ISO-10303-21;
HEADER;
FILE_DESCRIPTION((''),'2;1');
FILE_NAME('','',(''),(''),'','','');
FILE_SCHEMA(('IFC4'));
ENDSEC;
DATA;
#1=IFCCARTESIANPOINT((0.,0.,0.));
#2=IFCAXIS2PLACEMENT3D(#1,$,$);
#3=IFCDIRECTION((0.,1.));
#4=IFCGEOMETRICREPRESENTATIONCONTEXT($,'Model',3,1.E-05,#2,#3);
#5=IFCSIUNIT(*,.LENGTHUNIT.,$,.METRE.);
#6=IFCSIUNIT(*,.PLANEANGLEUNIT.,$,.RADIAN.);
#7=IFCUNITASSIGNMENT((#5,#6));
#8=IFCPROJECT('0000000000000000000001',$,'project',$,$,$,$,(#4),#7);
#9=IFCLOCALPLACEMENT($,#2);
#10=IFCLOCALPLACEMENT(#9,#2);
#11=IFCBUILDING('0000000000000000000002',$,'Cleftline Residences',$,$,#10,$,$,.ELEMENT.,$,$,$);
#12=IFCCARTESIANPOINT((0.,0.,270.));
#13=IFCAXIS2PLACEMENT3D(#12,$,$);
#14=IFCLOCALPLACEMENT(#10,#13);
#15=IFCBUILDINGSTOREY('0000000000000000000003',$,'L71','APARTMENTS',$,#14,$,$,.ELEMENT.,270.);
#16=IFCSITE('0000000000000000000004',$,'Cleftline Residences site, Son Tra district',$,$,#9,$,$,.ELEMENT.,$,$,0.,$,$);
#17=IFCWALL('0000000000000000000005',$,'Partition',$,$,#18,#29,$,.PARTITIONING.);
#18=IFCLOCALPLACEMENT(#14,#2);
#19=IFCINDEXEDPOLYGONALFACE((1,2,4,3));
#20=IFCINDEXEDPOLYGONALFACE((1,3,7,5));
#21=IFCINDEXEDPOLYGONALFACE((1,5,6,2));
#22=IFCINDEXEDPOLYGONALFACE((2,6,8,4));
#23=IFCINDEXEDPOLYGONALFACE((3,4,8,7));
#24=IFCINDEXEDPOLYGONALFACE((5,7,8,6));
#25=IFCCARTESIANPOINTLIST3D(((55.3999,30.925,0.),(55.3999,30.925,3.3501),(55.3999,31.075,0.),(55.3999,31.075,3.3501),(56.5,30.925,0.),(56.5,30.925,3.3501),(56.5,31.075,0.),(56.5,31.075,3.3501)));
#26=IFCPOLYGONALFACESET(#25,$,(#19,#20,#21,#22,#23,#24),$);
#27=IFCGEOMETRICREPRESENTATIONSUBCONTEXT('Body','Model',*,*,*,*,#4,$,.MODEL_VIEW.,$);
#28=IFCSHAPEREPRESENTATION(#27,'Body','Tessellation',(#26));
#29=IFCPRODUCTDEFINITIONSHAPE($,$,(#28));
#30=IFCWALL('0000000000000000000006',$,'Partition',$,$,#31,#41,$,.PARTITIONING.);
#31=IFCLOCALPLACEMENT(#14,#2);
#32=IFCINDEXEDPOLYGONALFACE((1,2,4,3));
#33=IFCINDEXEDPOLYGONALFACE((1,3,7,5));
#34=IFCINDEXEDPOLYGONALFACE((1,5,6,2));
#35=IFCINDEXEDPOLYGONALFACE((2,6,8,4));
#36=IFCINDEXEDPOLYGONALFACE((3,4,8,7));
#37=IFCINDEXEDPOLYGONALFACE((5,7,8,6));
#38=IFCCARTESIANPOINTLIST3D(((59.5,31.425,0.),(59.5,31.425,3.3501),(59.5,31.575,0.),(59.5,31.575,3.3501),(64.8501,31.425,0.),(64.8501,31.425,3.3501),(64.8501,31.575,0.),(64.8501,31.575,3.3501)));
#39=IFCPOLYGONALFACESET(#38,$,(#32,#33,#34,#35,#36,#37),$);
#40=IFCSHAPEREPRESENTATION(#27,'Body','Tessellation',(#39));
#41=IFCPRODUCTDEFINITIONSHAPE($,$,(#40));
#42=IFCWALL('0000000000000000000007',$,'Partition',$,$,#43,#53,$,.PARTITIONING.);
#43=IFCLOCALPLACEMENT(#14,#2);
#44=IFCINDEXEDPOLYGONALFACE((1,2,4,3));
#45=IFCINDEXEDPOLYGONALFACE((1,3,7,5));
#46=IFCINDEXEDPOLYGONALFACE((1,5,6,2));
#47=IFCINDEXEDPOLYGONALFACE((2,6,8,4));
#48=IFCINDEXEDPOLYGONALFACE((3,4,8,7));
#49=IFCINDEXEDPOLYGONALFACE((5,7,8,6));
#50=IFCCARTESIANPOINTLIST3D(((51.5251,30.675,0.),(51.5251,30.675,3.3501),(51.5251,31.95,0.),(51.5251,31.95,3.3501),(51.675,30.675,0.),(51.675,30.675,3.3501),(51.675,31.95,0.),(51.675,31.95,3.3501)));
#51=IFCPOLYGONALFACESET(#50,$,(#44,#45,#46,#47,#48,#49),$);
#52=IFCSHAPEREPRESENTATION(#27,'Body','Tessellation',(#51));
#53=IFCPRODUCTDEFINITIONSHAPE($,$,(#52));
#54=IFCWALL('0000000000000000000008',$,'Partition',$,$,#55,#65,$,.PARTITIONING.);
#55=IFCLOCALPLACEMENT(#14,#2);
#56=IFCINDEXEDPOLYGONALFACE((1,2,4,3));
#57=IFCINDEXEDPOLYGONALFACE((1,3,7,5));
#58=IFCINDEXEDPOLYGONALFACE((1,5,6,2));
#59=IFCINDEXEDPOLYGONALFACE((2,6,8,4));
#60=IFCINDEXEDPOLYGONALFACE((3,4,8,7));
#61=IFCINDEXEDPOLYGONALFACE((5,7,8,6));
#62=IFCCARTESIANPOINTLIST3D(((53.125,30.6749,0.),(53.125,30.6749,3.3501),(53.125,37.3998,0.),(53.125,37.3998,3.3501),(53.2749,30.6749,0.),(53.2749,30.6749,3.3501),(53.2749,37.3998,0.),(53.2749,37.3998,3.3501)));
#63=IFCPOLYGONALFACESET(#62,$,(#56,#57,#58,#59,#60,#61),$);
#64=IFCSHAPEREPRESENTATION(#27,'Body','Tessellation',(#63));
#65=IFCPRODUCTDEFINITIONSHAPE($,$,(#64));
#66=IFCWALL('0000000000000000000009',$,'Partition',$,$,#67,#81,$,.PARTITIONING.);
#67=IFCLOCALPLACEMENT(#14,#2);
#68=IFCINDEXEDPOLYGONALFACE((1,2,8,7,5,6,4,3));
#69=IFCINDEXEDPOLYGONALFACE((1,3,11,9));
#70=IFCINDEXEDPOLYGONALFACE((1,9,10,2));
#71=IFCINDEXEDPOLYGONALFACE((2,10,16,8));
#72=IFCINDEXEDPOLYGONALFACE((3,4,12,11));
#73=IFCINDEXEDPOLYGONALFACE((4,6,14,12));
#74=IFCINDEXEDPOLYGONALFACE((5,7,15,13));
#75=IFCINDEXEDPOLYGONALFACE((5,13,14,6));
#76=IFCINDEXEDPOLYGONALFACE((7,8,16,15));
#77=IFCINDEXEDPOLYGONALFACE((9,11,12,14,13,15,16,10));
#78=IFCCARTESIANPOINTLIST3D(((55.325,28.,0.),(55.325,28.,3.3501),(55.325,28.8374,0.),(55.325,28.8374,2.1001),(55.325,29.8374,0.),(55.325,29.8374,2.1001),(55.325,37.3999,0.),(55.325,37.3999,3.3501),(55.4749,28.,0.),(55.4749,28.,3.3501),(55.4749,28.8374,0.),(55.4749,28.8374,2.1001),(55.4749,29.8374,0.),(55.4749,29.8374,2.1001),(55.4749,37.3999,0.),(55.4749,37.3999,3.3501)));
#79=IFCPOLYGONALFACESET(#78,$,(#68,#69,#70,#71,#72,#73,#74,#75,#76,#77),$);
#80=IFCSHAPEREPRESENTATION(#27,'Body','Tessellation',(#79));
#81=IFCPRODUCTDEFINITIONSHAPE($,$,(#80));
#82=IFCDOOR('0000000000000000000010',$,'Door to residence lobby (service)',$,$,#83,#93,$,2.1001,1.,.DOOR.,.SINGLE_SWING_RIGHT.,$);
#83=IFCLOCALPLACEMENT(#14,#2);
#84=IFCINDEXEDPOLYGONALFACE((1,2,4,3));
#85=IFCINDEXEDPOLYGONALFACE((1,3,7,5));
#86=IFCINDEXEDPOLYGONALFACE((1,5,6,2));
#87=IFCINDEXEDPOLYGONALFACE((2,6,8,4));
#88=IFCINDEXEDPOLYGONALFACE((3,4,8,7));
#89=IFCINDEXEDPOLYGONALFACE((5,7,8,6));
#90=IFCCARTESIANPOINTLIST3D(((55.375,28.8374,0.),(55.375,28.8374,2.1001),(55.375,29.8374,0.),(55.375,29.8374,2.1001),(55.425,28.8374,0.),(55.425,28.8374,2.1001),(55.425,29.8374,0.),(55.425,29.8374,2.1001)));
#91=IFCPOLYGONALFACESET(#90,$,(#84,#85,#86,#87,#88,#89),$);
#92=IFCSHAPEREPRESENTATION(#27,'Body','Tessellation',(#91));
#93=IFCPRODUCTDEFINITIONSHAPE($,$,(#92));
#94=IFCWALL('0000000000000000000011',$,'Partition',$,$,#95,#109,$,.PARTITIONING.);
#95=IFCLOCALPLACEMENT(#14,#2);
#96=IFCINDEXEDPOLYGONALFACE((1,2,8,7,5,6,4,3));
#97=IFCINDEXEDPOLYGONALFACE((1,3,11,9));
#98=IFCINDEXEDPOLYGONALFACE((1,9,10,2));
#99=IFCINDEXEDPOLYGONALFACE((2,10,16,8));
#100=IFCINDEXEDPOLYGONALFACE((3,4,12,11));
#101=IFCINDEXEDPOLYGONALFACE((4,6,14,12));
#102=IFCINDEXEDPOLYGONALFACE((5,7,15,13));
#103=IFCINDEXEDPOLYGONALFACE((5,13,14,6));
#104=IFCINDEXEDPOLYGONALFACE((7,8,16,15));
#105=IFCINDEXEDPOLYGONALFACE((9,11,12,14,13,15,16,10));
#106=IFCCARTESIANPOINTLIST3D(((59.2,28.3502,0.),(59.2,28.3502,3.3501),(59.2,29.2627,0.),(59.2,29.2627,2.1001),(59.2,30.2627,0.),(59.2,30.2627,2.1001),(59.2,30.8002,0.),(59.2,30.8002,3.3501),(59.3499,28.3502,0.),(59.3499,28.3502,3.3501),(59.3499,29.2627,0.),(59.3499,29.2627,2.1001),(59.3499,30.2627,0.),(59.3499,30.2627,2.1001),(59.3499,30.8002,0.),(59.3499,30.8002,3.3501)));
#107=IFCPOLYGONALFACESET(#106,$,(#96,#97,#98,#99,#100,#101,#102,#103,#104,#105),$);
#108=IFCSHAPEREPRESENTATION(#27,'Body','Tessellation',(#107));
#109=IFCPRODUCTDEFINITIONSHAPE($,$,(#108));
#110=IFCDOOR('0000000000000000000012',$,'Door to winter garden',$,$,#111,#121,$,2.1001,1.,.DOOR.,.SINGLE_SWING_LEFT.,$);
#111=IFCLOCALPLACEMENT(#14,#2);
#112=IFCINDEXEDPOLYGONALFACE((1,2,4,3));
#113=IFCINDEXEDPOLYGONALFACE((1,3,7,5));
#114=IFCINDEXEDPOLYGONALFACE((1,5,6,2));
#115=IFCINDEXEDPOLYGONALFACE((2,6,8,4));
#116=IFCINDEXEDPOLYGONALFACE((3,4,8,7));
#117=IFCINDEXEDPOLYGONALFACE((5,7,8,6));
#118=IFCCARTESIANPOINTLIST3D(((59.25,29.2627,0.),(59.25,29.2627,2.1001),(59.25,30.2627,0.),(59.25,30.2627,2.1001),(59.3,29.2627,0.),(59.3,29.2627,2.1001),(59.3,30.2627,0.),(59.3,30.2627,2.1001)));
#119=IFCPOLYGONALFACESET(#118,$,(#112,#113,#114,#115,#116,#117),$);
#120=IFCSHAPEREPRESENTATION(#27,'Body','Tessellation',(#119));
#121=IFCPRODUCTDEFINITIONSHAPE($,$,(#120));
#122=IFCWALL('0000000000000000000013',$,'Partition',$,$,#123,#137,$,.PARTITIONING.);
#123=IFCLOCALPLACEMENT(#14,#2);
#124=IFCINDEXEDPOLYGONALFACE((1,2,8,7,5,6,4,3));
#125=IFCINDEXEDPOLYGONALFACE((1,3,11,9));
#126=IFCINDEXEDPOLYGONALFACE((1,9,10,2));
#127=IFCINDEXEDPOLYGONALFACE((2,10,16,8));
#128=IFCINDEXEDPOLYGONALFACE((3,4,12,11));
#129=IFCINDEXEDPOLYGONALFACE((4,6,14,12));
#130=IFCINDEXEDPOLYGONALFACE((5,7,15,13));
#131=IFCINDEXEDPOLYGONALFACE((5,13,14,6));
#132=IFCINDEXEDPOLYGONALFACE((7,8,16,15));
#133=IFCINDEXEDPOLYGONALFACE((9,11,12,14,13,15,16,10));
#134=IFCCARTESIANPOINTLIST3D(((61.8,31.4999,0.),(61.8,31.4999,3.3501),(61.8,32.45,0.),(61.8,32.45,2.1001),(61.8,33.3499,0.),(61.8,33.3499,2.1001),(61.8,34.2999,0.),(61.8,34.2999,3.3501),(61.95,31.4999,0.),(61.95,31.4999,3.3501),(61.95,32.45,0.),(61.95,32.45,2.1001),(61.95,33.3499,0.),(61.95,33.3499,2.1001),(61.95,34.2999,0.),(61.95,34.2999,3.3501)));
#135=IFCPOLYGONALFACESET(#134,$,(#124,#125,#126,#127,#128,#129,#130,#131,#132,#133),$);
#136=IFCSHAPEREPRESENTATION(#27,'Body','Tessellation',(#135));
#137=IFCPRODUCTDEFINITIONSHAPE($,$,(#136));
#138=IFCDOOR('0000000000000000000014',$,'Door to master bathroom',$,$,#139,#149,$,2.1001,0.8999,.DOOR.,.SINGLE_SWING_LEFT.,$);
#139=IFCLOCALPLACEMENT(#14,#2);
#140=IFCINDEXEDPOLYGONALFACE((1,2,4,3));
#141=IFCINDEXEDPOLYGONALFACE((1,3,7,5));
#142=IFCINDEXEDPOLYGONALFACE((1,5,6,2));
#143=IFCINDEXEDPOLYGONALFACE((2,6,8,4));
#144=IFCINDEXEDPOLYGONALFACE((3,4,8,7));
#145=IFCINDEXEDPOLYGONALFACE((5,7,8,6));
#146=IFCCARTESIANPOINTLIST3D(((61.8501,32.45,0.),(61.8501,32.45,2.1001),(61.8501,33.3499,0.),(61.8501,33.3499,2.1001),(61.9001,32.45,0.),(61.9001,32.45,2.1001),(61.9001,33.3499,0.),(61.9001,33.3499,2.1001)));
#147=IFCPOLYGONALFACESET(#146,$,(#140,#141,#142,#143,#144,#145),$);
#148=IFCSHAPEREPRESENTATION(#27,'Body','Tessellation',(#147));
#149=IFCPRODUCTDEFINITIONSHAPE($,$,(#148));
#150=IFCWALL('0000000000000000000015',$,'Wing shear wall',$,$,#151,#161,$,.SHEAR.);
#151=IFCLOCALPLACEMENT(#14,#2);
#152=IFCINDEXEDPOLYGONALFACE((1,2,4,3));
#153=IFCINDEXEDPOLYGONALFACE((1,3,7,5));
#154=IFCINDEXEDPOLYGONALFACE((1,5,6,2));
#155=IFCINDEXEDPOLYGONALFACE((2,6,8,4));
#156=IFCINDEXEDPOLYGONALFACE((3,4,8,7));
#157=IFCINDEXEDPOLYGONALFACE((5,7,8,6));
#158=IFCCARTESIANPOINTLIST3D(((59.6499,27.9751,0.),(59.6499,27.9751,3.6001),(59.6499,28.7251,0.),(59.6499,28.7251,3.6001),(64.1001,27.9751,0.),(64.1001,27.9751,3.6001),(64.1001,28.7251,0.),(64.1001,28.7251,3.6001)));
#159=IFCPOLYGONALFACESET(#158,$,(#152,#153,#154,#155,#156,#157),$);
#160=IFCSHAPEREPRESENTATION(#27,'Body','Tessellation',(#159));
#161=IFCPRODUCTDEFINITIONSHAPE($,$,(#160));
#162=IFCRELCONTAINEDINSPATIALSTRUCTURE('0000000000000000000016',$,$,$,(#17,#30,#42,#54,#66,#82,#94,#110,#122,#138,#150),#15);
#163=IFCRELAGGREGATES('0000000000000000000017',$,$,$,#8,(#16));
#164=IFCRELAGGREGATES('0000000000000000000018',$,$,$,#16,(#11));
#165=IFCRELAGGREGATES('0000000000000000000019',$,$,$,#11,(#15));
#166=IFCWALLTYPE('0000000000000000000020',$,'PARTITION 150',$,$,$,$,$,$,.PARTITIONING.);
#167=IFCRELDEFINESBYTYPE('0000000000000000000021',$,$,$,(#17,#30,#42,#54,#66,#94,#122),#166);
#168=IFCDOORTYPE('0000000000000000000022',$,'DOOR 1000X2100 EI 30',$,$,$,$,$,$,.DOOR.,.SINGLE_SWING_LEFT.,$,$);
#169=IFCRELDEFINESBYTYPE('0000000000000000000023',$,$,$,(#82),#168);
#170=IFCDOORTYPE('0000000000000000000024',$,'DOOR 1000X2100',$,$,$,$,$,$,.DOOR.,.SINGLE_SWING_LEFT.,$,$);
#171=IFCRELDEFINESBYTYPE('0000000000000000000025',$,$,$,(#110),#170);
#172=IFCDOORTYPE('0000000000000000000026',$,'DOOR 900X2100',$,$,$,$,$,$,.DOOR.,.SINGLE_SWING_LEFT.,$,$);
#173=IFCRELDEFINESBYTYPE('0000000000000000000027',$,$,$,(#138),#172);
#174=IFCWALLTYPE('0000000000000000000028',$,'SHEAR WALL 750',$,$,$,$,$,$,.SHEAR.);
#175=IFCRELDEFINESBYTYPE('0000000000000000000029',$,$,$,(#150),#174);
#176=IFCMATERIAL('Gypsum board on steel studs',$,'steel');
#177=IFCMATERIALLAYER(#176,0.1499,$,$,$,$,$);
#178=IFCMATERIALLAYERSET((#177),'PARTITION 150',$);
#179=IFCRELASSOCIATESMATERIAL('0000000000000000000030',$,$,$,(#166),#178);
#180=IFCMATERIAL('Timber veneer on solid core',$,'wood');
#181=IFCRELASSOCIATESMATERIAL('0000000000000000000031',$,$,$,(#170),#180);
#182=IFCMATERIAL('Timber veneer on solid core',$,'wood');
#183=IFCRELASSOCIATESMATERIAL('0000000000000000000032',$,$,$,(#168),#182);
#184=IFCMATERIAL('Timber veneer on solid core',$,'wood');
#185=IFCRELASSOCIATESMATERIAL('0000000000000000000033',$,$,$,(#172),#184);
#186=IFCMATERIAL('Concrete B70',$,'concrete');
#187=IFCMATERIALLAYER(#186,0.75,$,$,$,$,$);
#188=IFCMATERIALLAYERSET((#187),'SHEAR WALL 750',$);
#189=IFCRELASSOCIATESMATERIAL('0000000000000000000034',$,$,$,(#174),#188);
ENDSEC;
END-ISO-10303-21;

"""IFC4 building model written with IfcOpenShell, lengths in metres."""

from ifc_helpers import new_model, si_unit, direction, frame, frame_2d, origin, place, context, subcontext, project, spatial, rectangle, extrude, material, layer, layer_set, type_object, element, fill, save


model = new_model("IFC4")

# Units and contexts
model_context = context("Model", 3, precision=1e-05, world=origin(), true_north=direction((0.0, 1.0)))
body_context = subcontext(model_context, "Body", "Model", "MODEL_VIEW")
ifc_project = project(units=[si_unit("LENGTHUNIT", "METRE"), si_unit("PLANEANGLEUNIT", "RADIAN")], contexts=[model_context])

# Site, building, storey
site_placement = place(None, origin())
site = spatial("IfcSite", under=ifc_project, at=site_placement, Name="Cleftline Residences site, Son Tra district", CompositionType="ELEMENT", RefElevation=0.0)
building_placement = place(site_placement, origin())
building = spatial("IfcBuilding", under=site, at=building_placement, Name="Cleftline Residences", CompositionType="ELEMENT")
storey_placement = place(building_placement, frame((0.0, 0.0, 270.0)))
storey = spatial("IfcBuildingStorey", under=building, at=storey_placement, Name="L71", Description="APARTMENTS", CompositionType="ELEMENT", Elevation=270.0)

# Shared definitions
ifc_material_1 = material(Name="Gypsum board on steel studs", Category="steel")
ifc_layer_1 = layer(ifc_material_1, 0.1499)
ifc_layer_set_1 = layer_set([ifc_layer_1], Name="PARTITION 150")
wall_type_1 = type_object("IfcWallType", Name="PARTITION 150", PredefinedType="PARTITIONING", material=ifc_layer_set_1)
ifc_material_2 = material(Name="Timber veneer on solid core", Category="wood")
door_type_1 = type_object("IfcDoorType", Name="DOOR 1000X2100", OperationType="SINGLE_SWING_LEFT", PredefinedType="DOOR", material=ifc_material_2)

# Walls
wall_1_placement = place(storey_placement, frame((55.3999, 31.0, 0.0), z_axis=(0.0, 0.0, 1.0), x_axis=(1.0, 0.0, 0.0)))
element("IfcWall", 1, at=wall_1_placement, inside=storey, type_object=wall_type_1, Name="Partition", PredefinedType="PARTITIONING", context=body_context, shape_type="SweptSolid", body=[
    extrude(rectangle(XDim=1.1001, YDim=0.1499, at=frame_2d((0.55, 0.0))), origin(), (0.0, 0.0, 1.0), 3.3501),
])
wall_2_placement = place(storey_placement, frame((59.5, 31.5, 0.0), z_axis=(0.0, 0.0, 1.0), x_axis=(1.0, 0.0, 0.0)))
element("IfcWall", 2, at=wall_2_placement, inside=storey, type_object=wall_type_1, Name="Partition", PredefinedType="PARTITIONING", context=body_context, shape_type="SweptSolid", body=[
    extrude(rectangle(XDim=5.3501, YDim=0.1499, at=frame_2d((2.675, 0.0))), origin(), (0.0, 0.0, 1.0), 3.3501),
])
wall_3_placement = place(storey_placement, frame((51.6001, 30.675, 0.0), z_axis=(0.0, 0.0, 1.0), x_axis=(0.0, 1.0, 0.0)))
element("IfcWall", 3, at=wall_3_placement, inside=storey, type_object=wall_type_1, Name="Partition", PredefinedType="PARTITIONING", context=body_context, shape_type="SweptSolid", body=[
    extrude(rectangle(XDim=1.2749, YDim=0.1499, at=frame_2d((0.6375, 0.0))), origin(), (0.0, 0.0, 1.0), 3.3501),
])
wall_4_placement = place(storey_placement, frame((53.2, 30.675, 0.0), z_axis=(0.0, 0.0, 1.0), x_axis=(0.0, 1.0, 0.0)))
element("IfcWall", 4, at=wall_4_placement, inside=storey, type_object=wall_type_1, Name="Partition", PredefinedType="PARTITIONING", context=body_context, shape_type="SweptSolid", body=[
    extrude(rectangle(XDim=6.7249, YDim=0.1499, at=frame_2d((3.3623, 0.0))), origin(), (0.0, 0.0, 1.0), 3.3501),
])

# Walls, openings, doors
wall_5_placement = place(storey_placement, frame((55.3999, 28.0, 0.0), z_axis=(0.0, 0.0, 1.0), x_axis=(0.0, 1.0, 0.0)))
wall_5 = element("IfcWall", 5, at=wall_5_placement, inside=storey, type_object=wall_type_1, Name="Partition", PredefinedType="PARTITIONING", context=body_context, shape_type="SweptSolid", body=[
    extrude(rectangle(XDim=9.3999, YDim=0.1499, at=frame_2d((4.7, 0.0))), origin(), (0.0, 0.0, 1.0), 3.3501),
])
opening_1_placement = place(wall_5_placement, frame((0.8374, 0.0, 0.0)))
opening_1 = element("IfcOpeningElement", 6, at=opening_1_placement, cuts=wall_5, PredefinedType="OPENING", context=body_context, shape_type="SweptSolid", body=[
    extrude(rectangle(XDim=1.0, YDim=2.1001, at=frame_2d((0.5, 1.05))), frame((0.0, 0.085, 0.0), z_axis=(0.0, -1.0, 0.0), x_axis=(1.0, 0.0, 0.0)), (0.0, 0.0, 1.0), 0.1699),
])
ifc_material_3 = material(Name="Timber veneer on solid core", Category="wood")
door_type_2 = type_object("IfcDoorType", Name="DOOR 1000X2100 EI 30", OperationType="SINGLE_SWING_LEFT", PredefinedType="DOOR", material=ifc_material_3)
door_1_placement = place(opening_1_placement, origin())
door_1 = element("IfcDoor", 7, at=door_1_placement, inside=storey, type_object=door_type_2, Name="Door to residence lobby (service)", OperationType="SINGLE_SWING_RIGHT", OverallHeight=2.1001, OverallWidth=1.0, PredefinedType="DOOR", context=body_context, shape_type="SweptSolid", body=[
    extrude(rectangle(XDim=1.0, YDim=2.1001, at=frame_2d((0.5, 1.05))), frame((0.0, 0.0249, 0.0), z_axis=(0.0, -1.0, 0.0), x_axis=(1.0, 0.0, 0.0)), (0.0, 0.0, 1.0), 0.05),
])
fill(opening_1, door_1)
wall_6_placement = place(storey_placement, frame((59.2749, 28.3501, 0.0), z_axis=(0.0, 0.0, 1.0), x_axis=(0.0, 1.0, 0.0)))
wall_6 = element("IfcWall", 8, at=wall_6_placement, inside=storey, type_object=wall_type_1, Name="Partition", PredefinedType="PARTITIONING", context=body_context, shape_type="SweptSolid", body=[
    extrude(rectangle(XDim=2.45, YDim=0.1499, at=frame_2d((1.2251, 0.0))), origin(), (0.0, 0.0, 1.0), 3.3501),
])
opening_2_placement = place(wall_6_placement, frame((0.9126, 0.0, 0.0)))
opening_2 = element("IfcOpeningElement", 9, at=opening_2_placement, cuts=wall_6, PredefinedType="OPENING", context=body_context, shape_type="SweptSolid", body=[
    extrude(rectangle(XDim=1.0, YDim=2.1001, at=frame_2d((0.5, 1.05))), frame((0.0, 0.085, 0.0), z_axis=(0.0, -1.0, 0.0), x_axis=(1.0, 0.0, 0.0)), (0.0, 0.0, 1.0), 0.1699),
])
door_2_placement = place(opening_2_placement, origin())
door_2 = element("IfcDoor", 10, at=door_2_placement, inside=storey, type_object=door_type_1, Name="Door to winter garden", OperationType="SINGLE_SWING_LEFT", OverallHeight=2.1001, OverallWidth=1.0, PredefinedType="DOOR", context=body_context, shape_type="SweptSolid", body=[
    extrude(rectangle(XDim=1.0, YDim=2.1001, at=frame_2d((0.5, 1.05))), frame((0.0, 0.0249, 0.0), z_axis=(0.0, -1.0, 0.0), x_axis=(1.0, 0.0, 0.0)), (0.0, 0.0, 1.0), 0.05),
])
fill(opening_2, door_2)
wall_7_placement = place(storey_placement, frame((61.875, 31.5, 0.0), z_axis=(0.0, 0.0, 1.0), x_axis=(0.0, 1.0, 0.0)))
wall_7 = element("IfcWall", 11, at=wall_7_placement, inside=storey, type_object=wall_type_1, Name="Partition", PredefinedType="PARTITIONING", context=body_context, shape_type="SweptSolid", body=[
    extrude(rectangle(XDim=2.8, YDim=0.1499, at=frame_2d((1.3999, 0.0))), origin(), (0.0, 0.0, 1.0), 3.3501),
])
opening_3_placement = place(wall_7_placement, frame((0.95, 0.0, 0.0)))
opening_3 = element("IfcOpeningElement", 12, at=opening_3_placement, cuts=wall_7, PredefinedType="OPENING", context=body_context, shape_type="SweptSolid", body=[
    extrude(rectangle(XDim=0.8999, YDim=2.1001, at=frame_2d((0.45, 1.05))), frame((0.0, 0.085, 0.0), z_axis=(0.0, -1.0, 0.0), x_axis=(1.0, 0.0, 0.0)), (0.0, 0.0, 1.0), 0.1699),
])
ifc_material_4 = material(Name="Timber veneer on solid core", Category="wood")
door_type_3 = type_object("IfcDoorType", Name="DOOR 900X2100", OperationType="SINGLE_SWING_LEFT", PredefinedType="DOOR", material=ifc_material_4)
door_3_placement = place(opening_3_placement, origin())
door_3 = element("IfcDoor", 13, at=door_3_placement, inside=storey, type_object=door_type_3, Name="Door to master bathroom", OperationType="SINGLE_SWING_LEFT", OverallHeight=2.1001, OverallWidth=0.8999, PredefinedType="DOOR", context=body_context, shape_type="SweptSolid", body=[
    extrude(rectangle(XDim=0.8999, YDim=2.1001, at=frame_2d((0.45, 1.05))), frame((0.0, 0.0249, 0.0), z_axis=(0.0, -1.0, 0.0), x_axis=(1.0, 0.0, 0.0)), (0.0, 0.0, 1.0), 0.05),
])
fill(opening_3, door_3)

# Wall
ifc_material_5 = material(Name="Concrete B70", Category="concrete")
ifc_layer_2 = layer(ifc_material_5, 0.75)
ifc_layer_set_2 = layer_set([ifc_layer_2], Name="SHEAR WALL 750")
wall_type_2 = type_object("IfcWallType", Name="SHEAR WALL 750", PredefinedType="SHEAR", material=ifc_layer_set_2)
wall_8_placement = place(storey_placement, frame((64.1001, 28.3501, 0.0), z_axis=(0.0, 0.0, 1.0), x_axis=(-1.0, 0.0, 0.0)))
element("IfcWall", 14, at=wall_8_placement, inside=storey, type_object=wall_type_2, Name="Wing shear wall", PredefinedType="SHEAR", context=body_context, shape_type="SweptSolid", body=[
    extrude(rectangle(XDim=4.4502, YDim=0.75, at=frame_2d((2.2251, 0.0))), origin(), (0.0, 0.0, 1.0), 3.6001),
])

save(model, "model.ifc")
